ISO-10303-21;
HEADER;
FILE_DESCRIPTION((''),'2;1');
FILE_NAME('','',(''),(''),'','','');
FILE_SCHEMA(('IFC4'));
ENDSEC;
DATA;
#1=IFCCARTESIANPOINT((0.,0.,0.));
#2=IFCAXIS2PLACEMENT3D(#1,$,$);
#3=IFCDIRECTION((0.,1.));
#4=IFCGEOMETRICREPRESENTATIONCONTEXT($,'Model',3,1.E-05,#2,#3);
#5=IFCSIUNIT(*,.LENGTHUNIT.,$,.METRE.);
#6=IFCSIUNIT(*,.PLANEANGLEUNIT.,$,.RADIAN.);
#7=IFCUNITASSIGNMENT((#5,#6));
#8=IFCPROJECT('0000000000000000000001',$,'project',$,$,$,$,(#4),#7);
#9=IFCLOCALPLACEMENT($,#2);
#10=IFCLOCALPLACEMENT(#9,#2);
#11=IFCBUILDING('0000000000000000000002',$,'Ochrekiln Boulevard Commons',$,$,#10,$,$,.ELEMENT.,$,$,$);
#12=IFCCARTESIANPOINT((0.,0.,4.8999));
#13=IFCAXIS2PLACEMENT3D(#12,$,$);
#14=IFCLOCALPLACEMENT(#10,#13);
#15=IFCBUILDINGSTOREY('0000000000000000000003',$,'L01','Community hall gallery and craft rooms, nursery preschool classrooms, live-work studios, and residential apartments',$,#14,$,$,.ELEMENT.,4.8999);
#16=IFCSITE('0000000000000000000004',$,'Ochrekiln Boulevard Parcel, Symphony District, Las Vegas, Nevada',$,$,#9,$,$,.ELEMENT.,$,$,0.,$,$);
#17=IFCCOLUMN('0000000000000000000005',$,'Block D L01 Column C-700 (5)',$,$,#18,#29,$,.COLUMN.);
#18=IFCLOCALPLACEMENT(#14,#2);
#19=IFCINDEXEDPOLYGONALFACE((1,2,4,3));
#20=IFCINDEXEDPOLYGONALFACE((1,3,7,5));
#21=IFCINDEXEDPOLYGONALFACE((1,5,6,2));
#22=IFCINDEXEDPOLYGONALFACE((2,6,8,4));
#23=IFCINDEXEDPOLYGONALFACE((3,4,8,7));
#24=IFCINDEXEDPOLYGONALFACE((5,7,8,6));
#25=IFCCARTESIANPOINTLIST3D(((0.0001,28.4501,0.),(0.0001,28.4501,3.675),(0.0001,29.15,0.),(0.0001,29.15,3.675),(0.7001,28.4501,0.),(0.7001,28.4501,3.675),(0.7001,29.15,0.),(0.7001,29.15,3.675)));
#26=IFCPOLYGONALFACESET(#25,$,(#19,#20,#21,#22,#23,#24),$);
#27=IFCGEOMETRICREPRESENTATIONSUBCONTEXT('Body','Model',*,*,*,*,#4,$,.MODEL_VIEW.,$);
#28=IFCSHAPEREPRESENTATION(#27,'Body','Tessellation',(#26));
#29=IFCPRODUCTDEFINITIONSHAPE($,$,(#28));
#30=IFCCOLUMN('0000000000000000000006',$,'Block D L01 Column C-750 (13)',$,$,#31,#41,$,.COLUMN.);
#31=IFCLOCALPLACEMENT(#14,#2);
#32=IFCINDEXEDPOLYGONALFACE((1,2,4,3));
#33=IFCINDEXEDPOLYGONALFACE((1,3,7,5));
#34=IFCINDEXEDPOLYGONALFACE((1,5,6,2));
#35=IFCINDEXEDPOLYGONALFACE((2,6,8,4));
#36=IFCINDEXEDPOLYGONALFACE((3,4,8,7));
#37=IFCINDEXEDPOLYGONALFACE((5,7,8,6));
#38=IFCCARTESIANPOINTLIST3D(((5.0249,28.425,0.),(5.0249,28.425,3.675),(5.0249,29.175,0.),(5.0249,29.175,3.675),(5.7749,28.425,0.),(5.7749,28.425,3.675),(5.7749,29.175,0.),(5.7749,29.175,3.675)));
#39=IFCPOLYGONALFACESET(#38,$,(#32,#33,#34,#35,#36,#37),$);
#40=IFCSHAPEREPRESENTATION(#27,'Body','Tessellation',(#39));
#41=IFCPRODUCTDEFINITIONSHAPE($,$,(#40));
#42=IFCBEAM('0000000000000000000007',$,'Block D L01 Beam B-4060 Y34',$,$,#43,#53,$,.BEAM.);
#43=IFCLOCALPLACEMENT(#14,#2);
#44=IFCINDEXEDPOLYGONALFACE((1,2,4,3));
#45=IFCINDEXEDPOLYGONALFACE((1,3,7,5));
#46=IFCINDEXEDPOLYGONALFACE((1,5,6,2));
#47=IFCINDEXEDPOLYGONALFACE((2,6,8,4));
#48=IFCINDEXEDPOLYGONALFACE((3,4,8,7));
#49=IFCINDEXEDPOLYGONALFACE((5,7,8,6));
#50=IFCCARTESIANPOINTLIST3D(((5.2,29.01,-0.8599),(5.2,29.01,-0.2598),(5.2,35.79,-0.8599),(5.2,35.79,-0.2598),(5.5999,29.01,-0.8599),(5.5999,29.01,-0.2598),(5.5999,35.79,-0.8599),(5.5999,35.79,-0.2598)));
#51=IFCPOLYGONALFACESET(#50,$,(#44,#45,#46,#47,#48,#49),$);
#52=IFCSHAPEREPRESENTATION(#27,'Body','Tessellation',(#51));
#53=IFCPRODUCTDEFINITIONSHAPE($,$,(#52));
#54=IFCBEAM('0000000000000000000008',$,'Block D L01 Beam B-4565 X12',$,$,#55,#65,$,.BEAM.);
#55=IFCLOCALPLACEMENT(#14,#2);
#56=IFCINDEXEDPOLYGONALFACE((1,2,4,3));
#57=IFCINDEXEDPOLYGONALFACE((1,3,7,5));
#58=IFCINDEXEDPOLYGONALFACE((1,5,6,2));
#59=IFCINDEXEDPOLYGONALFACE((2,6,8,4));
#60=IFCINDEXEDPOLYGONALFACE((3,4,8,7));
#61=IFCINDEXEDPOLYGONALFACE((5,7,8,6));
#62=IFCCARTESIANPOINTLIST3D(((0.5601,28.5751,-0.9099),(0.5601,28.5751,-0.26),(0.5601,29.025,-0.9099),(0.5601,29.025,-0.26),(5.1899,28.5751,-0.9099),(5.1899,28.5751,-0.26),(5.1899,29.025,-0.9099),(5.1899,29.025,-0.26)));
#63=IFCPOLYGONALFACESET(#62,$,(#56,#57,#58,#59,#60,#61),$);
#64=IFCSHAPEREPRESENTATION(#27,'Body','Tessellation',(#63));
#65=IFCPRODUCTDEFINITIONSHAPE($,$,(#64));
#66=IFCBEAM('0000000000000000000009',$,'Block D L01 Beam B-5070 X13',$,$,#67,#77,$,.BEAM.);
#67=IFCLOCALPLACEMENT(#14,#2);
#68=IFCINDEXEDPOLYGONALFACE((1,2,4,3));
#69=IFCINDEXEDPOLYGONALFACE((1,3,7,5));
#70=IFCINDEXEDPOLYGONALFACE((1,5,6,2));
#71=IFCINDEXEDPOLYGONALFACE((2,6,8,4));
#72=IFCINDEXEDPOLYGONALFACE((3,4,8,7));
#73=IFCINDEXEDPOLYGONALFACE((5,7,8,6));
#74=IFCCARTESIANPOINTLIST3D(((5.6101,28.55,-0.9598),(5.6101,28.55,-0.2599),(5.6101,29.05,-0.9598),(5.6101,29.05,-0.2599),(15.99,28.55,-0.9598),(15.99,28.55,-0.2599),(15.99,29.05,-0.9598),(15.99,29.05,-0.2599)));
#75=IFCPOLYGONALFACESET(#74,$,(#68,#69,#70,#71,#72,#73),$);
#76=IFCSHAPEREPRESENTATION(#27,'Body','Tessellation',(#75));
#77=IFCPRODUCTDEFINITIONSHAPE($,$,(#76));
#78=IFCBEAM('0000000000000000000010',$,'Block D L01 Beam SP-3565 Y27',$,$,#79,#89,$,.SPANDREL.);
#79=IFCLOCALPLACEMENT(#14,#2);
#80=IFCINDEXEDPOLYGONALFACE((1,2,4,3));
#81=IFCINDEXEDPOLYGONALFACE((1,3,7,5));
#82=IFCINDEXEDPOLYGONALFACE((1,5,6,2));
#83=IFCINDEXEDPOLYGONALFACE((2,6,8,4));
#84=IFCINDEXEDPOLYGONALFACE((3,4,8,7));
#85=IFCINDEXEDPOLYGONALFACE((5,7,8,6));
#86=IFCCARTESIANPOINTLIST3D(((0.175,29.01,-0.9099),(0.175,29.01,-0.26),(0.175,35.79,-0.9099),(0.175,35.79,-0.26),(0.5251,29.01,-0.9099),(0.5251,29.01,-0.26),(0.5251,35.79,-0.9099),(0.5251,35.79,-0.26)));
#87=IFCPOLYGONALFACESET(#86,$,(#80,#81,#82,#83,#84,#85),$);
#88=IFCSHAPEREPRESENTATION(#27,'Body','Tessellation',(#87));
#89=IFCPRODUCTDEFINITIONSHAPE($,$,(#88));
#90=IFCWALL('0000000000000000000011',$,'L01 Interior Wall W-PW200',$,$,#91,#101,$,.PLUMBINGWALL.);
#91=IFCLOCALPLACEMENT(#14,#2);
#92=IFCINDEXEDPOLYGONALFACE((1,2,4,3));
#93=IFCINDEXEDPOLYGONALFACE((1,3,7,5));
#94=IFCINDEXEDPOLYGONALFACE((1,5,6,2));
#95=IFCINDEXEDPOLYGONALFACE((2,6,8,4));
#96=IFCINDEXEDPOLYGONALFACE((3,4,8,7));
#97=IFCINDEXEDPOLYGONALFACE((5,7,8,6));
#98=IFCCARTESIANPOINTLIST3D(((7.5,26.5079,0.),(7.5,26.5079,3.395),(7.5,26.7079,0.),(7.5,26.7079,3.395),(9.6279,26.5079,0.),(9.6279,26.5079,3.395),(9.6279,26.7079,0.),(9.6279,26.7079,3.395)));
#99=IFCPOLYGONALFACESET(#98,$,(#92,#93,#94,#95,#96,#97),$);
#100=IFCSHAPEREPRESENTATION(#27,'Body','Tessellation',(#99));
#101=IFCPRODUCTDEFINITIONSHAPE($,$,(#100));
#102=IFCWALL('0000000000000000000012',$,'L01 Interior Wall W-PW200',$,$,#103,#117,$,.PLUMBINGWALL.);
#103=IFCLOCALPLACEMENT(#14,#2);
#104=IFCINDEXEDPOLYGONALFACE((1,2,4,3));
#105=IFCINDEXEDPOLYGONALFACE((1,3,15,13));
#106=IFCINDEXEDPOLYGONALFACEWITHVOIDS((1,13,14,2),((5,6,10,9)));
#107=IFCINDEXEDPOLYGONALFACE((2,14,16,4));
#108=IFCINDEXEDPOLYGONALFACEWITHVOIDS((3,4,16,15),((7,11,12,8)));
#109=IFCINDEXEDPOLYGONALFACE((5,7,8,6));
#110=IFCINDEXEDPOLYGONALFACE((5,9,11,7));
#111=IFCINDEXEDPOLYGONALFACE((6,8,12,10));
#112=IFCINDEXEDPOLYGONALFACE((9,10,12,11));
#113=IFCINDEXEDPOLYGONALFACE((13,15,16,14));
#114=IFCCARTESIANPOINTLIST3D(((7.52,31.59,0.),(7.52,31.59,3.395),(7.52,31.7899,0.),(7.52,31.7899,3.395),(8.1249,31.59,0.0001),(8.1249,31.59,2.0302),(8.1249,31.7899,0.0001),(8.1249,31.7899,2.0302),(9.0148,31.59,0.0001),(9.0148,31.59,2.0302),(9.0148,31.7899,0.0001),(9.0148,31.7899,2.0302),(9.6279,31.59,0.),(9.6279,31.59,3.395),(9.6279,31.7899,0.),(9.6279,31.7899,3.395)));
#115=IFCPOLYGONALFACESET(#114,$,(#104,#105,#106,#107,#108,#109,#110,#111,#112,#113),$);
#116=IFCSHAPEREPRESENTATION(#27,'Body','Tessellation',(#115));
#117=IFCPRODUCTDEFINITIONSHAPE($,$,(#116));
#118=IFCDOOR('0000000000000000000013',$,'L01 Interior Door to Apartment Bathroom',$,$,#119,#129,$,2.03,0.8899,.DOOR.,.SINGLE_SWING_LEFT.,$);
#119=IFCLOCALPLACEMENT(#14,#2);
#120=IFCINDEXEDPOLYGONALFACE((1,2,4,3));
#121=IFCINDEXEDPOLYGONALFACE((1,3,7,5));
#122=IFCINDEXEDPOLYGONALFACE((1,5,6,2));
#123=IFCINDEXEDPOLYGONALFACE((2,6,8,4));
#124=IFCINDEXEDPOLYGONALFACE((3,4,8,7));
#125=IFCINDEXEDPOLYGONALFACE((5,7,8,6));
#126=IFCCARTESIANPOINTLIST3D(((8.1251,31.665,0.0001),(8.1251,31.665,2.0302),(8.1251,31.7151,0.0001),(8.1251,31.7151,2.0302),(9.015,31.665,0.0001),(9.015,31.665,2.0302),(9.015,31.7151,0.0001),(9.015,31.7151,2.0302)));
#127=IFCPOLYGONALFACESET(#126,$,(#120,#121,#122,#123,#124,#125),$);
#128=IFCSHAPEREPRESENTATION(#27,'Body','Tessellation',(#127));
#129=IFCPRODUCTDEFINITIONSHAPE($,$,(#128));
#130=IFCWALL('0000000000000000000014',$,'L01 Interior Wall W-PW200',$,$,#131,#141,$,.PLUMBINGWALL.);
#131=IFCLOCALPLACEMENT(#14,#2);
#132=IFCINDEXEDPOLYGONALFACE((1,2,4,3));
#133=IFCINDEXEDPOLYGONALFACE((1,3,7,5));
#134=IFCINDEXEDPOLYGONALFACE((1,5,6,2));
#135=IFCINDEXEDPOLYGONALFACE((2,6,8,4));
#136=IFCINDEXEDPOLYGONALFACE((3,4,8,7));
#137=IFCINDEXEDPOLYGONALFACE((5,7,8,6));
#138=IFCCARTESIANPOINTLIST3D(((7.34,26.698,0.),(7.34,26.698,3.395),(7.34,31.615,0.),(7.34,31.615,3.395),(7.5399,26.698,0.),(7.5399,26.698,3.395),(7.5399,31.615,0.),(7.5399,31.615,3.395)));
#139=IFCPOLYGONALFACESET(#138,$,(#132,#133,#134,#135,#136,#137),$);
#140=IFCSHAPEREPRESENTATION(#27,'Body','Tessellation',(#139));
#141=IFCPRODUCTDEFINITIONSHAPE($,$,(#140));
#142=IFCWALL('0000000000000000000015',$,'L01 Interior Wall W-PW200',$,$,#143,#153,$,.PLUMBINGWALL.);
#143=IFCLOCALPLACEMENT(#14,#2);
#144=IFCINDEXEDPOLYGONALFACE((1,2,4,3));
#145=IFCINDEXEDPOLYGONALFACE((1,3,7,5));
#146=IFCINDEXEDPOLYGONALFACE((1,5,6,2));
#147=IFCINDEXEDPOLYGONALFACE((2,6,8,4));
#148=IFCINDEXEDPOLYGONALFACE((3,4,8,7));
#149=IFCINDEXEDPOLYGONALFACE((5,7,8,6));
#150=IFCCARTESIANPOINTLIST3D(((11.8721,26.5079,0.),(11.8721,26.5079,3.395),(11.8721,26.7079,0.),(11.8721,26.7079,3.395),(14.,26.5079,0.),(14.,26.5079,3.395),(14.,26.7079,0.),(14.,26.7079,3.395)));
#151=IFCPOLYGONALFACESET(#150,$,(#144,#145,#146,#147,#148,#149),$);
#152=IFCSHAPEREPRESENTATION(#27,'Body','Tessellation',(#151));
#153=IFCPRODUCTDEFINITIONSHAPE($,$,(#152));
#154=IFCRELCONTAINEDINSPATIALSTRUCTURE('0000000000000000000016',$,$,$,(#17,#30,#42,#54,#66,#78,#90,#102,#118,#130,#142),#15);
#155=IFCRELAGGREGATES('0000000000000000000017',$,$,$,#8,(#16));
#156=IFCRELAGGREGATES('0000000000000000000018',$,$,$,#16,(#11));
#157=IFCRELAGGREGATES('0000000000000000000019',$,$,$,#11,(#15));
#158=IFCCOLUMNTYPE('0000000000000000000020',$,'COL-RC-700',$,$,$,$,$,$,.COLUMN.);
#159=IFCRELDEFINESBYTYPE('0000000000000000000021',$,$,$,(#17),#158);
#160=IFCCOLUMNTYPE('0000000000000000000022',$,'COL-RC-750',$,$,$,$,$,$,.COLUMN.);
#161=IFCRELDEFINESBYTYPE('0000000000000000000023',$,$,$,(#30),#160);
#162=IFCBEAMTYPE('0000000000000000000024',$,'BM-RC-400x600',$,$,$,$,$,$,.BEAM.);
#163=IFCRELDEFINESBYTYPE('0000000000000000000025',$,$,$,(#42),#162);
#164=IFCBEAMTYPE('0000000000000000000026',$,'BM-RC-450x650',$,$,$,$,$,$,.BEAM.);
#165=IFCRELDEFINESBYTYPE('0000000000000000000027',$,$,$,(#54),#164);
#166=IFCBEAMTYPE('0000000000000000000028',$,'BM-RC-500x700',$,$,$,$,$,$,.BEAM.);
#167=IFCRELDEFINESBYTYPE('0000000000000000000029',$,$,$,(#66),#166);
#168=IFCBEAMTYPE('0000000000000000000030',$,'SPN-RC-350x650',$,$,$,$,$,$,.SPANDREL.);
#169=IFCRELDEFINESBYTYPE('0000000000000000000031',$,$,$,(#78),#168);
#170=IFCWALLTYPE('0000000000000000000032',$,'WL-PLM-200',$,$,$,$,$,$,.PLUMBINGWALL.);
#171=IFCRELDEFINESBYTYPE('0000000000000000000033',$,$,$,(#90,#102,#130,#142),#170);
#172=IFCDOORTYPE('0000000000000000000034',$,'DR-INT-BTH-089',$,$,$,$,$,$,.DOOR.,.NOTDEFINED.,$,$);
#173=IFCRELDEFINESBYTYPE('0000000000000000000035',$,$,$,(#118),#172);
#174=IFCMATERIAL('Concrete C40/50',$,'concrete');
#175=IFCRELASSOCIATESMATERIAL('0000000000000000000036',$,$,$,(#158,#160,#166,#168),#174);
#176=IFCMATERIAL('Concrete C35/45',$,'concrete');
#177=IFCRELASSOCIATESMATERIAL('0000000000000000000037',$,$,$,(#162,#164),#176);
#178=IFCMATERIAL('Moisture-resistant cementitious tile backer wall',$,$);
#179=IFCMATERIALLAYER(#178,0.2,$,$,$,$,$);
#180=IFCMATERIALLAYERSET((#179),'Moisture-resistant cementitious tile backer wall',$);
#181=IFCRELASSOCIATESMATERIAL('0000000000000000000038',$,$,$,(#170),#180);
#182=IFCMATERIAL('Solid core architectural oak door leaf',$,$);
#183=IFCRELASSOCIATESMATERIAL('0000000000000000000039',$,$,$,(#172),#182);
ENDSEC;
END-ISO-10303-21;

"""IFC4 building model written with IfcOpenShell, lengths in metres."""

from ifc_helpers import new_model, si_unit, direction, frame, frame_2d, origin, origin_2d, place, context, subcontext, project, spatial, rectangle, extrude, material, layer, layer_set, material_profile, profile_set, type_object, element, fill, save


model = new_model("IFC4")

# Units and contexts
model_context = context("Model", 3, precision=1e-05, world=origin(), true_north=direction((0.0, 1.0)))
body_context = subcontext(model_context, "Body", "Model", "MODEL_VIEW")
ifc_project = project(units=[si_unit("LENGTHUNIT", "METRE"), si_unit("PLANEANGLEUNIT", "RADIAN")], contexts=[model_context])

# Site, building, storey
site_placement = place(None, origin())
site = spatial("IfcSite", under=ifc_project, at=site_placement, Name="Ochrekiln Boulevard Parcel, Symphony District, Las Vegas, Nevada", CompositionType="ELEMENT", RefElevation=0.0)
building_placement = place(site_placement, origin())
building = spatial("IfcBuilding", under=site, at=building_placement, Name="Ochrekiln Boulevard Commons", CompositionType="ELEMENT")
storey_placement = place(building_placement, frame((0.0, 0.0, 4.8999)))
storey = spatial("IfcBuildingStorey", under=building, at=storey_placement, Name="L01", Description="Community hall gallery and craft rooms, nursery preschool classrooms, live-work studios, and residential apartments", CompositionType="ELEMENT", Elevation=4.8999)

# Columns
ifc_material_1 = material(Name="Concrete C40/50", Category="concrete")
ifc_material_profile_1 = material_profile(ifc_material_1, rectangle(XDim=0.7, YDim=0.7, at=origin_2d()), Name="RC-COL-700x700")
ifc_profile_set_1 = profile_set([ifc_material_profile_1], Name="Concrete C40/50")
column_type_1 = type_object("IfcColumnType", Name="COL-RC-700", PredefinedType="COLUMN", material=ifc_profile_set_1)
column_1_placement = place(storey_placement, frame((0.3501, 28.8, 0.0), z_axis=(0.0, 0.0, 1.0), x_axis=(1.0, 0.0, 0.0)))
element("IfcColumn", 1, at=column_1_placement, inside=storey, type_object=column_type_1, Name="Block D L01 Column C-700 (5)", PredefinedType="COLUMN", context=body_context, shape_type="SweptSolid", body=[
    extrude(rectangle(XDim=0.7, YDim=0.7, at=origin_2d()), origin(), (0.0, 0.0, 1.0), 3.675),
])
ifc_material_profile_2 = material_profile(ifc_material_1, rectangle(XDim=0.75, YDim=0.75, at=origin_2d()), Name="RC-COL-750x750")
ifc_profile_set_2 = profile_set([ifc_material_profile_2], Name="Concrete C40/50")
column_type_2 = type_object("IfcColumnType", Name="COL-RC-750", PredefinedType="COLUMN", material=ifc_profile_set_2)
column_2_placement = place(storey_placement, frame((5.3999, 28.8, 0.0), z_axis=(0.0, 0.0, 1.0), x_axis=(1.0, 0.0, 0.0)))
element("IfcColumn", 2, at=column_2_placement, inside=storey, type_object=column_type_2, Name="Block D L01 Column C-750 (13)", PredefinedType="COLUMN", context=body_context, shape_type="SweptSolid", body=[
    extrude(rectangle(XDim=0.75, YDim=0.75, at=origin_2d()), origin(), (0.0, 0.0, 1.0), 3.675),
])

# Beams
ifc_material_2 = material(Name="Concrete C35/45", Category="concrete")
ifc_material_profile_3 = material_profile(ifc_material_2, rectangle(XDim=0.3999, YDim=0.6001, at=origin_2d()), Name="RC-BM-400x600")
ifc_profile_set_3 = profile_set([ifc_material_profile_3], Name="Concrete C35/45")
beam_type_1 = type_object("IfcBeamType", Name="BM-RC-400x600", PredefinedType="BEAM", material=ifc_profile_set_3)
beam_1_placement = place(storey_placement, frame((5.3999, 29.01, -0.5598), z_axis=(0.0, 1.0, 0.0), x_axis=(-1.0, 0.0, 0.0)))
element("IfcBeam", 3, at=beam_1_placement, inside=storey, type_object=beam_type_1, Name="Block D L01 Beam B-4060 Y34", PredefinedType="BEAM", context=body_context, shape_type="SweptSolid", body=[
    extrude(rectangle(XDim=0.3999, YDim=0.6001, at=origin_2d()), origin(), (0.0, 0.0, 1.0), 6.78),
])
ifc_material_profile_4 = material_profile(ifc_material_2, rectangle(XDim=0.45, YDim=0.6499, at=origin_2d()), Name="RC-BM-450x650")
ifc_profile_set_4 = profile_set([ifc_material_profile_4], Name="Concrete C35/45")
beam_type_2 = type_object("IfcBeamType", Name="BM-RC-450x650", PredefinedType="BEAM", material=ifc_profile_set_4)
beam_2_placement = place(storey_placement, frame((0.5601, 28.8, -0.585), z_axis=(1.0, 0.0, 0.0), x_axis=(0.0, 1.0, 0.0)))
element("IfcBeam", 4, at=beam_2_placement, inside=storey, type_object=beam_type_2, Name="Block D L01 Beam B-4565 X12", PredefinedType="BEAM", context=body_context, shape_type="SweptSolid", body=[
    extrude(rectangle(XDim=0.45, YDim=0.6499, at=origin_2d()), origin(), (0.0, 0.0, 1.0), 4.6299),
])
ifc_material_profile_5 = material_profile(ifc_material_1, rectangle(XDim=0.5, YDim=0.7, at=origin_2d()), Name="RC-BM-500x700")
ifc_profile_set_5 = profile_set([ifc_material_profile_5], Name="Concrete C40/50")
beam_type_3 = type_object("IfcBeamType", Name="BM-RC-500x700", PredefinedType="BEAM", material=ifc_profile_set_5)
beam_3_placement = place(storey_placement, frame((5.6101, 28.8, -0.6099), z_axis=(1.0, 0.0, 0.0), x_axis=(0.0, 1.0, 0.0)))
element("IfcBeam", 5, at=beam_3_placement, inside=storey, type_object=beam_type_3, Name="Block D L01 Beam B-5070 X13", PredefinedType="BEAM", context=body_context, shape_type="SweptSolid", body=[
    extrude(rectangle(XDim=0.5, YDim=0.7, at=origin_2d()), origin(), (0.0, 0.0, 1.0), 10.3799),
])
ifc_material_profile_6 = material_profile(ifc_material_1, rectangle(XDim=0.3501, YDim=0.6499, at=origin_2d()), Name="RC-SPN-350x650")
ifc_profile_set_6 = profile_set([ifc_material_profile_6], Name="Concrete C40/50")
beam_type_4 = type_object("IfcBeamType", Name="SPN-RC-350x650", PredefinedType="SPANDREL", material=ifc_profile_set_6)
beam_4_placement = place(storey_placement, frame((0.3501, 29.01, -0.585), z_axis=(0.0, 1.0, 0.0), x_axis=(-1.0, 0.0, 0.0)))
element("IfcBeam", 6, at=beam_4_placement, inside=storey, type_object=beam_type_4, Name="Block D L01 Beam SP-3565 Y27", PredefinedType="SPANDREL", context=body_context, shape_type="SweptSolid", body=[
    extrude(rectangle(XDim=0.3501, YDim=0.6499, at=origin_2d()), origin(), (0.0, 0.0, 1.0), 6.78),
])

# Wall
ifc_material_3 = material(Name="Moisture-resistant cementitious tile backer wall")
ifc_layer_1 = layer(ifc_material_3, 0.2)
ifc_layer_set_1 = layer_set([ifc_layer_1], Name="Moisture-resistant cementitious tile backer wall")
wall_type_1 = type_object("IfcWallType", Name="WL-PLM-200", PredefinedType="PLUMBINGWALL", material=ifc_layer_set_1)
wall_1_placement = place(storey_placement, frame((7.5, 26.6079, 0.0), z_axis=(0.0, 0.0, 1.0), x_axis=(1.0, 0.0, 0.0)))
element("IfcWall", 7, at=wall_1_placement, inside=storey, type_object=wall_type_1, Name="L01 Interior Wall W-PW200", PredefinedType="PLUMBINGWALL", context=body_context, shape_type="SweptSolid", body=[
    extrude(rectangle(XDim=2.1279, YDim=0.2, at=frame_2d((1.064, 0.0))), origin(), (0.0, 0.0, 1.0), 3.395),
])

# Wall, opening, door
wall_2_placement = place(storey_placement, frame((7.52, 31.6899, 0.0), z_axis=(0.0, 0.0, 1.0), x_axis=(1.0, 0.0, 0.0)))
wall_2 = element("IfcWall", 8, at=wall_2_placement, inside=storey, type_object=wall_type_1, Name="L01 Interior Wall W-PW200", PredefinedType="PLUMBINGWALL", context=body_context, shape_type="SweptSolid", body=[
    extrude(rectangle(XDim=2.1079, YDim=0.2, at=frame_2d((1.054, 0.0))), origin(), (0.0, 0.0, 1.0), 3.395),
])
opening_1_placement = place(wall_2_placement, frame((0.605, 0.0, 0.0)))
opening_1 = element("IfcOpeningElement", 9, at=opening_1_placement, cuts=wall_2, PredefinedType="OPENING", context=body_context, shape_type="SweptSolid", body=[
    extrude(rectangle(XDim=0.8899, YDim=2.03, at=frame_2d((0.4448, 1.0151))), frame((0.0, 0.1099, 0.0), z_axis=(0.0, -1.0, 0.0), x_axis=(1.0, 0.0, 0.0)), (0.0, 0.0, 1.0), 0.22),
])
ifc_material_4 = material(Name="Solid core architectural oak door leaf")
door_type_1 = type_object("IfcDoorType", Name="DR-INT-BTH-089", OperationType="NOTDEFINED", PredefinedType="DOOR", material=ifc_material_4)
door_1_placement = place(opening_1_placement, frame((0.8899, 0.0, 0.0), z_axis=(0.0, 0.0, 1.0), x_axis=(-1.0, 0.0, 0.0)))
door_1 = element("IfcDoor", 10, at=door_1_placement, inside=storey, type_object=door_type_1, Name="L01 Interior Door to Apartment Bathroom", OperationType="SINGLE_SWING_LEFT", OverallHeight=2.03, OverallWidth=0.8899, PredefinedType="DOOR", context=body_context, shape_type="SweptSolid", body=[
    extrude(rectangle(XDim=0.8899, YDim=2.03, at=frame_2d((0.4448, 1.0151))), frame((0.0, 0.0249, 0.0), z_axis=(0.0, -1.0, 0.0), x_axis=(1.0, 0.0, 0.0)), (0.0, 0.0, 1.0), 0.05),
])
fill(opening_1, door_1)

# Walls
wall_3_placement = place(storey_placement, frame((7.4399, 26.698, 0.0), z_axis=(0.0, 0.0, 1.0), x_axis=(0.0, 1.0, 0.0)))
element("IfcWall", 11, at=wall_3_placement, inside=storey, type_object=wall_type_1, Name="L01 Interior Wall W-PW200", PredefinedType="PLUMBINGWALL", context=body_context, shape_type="SweptSolid", body=[
    extrude(rectangle(XDim=4.917, YDim=0.2, at=frame_2d((2.4585, 0.0))), origin(), (0.0, 0.0, 1.0), 3.395),
])
wall_4_placement = place(storey_placement, frame((11.8721, 26.6079, 0.0), z_axis=(0.0, 0.0, 1.0), x_axis=(1.0, 0.0, 0.0)))
element("IfcWall", 12, at=wall_4_placement, inside=storey, type_object=wall_type_1, Name="L01 Interior Wall W-PW200", PredefinedType="PLUMBINGWALL", context=body_context, shape_type="SweptSolid", body=[
    extrude(rectangle(XDim=2.1279, YDim=0.2, at=frame_2d((1.064, 0.0))), origin(), (0.0, 0.0, 1.0), 3.395),
])

save(model, "model.ifc")
